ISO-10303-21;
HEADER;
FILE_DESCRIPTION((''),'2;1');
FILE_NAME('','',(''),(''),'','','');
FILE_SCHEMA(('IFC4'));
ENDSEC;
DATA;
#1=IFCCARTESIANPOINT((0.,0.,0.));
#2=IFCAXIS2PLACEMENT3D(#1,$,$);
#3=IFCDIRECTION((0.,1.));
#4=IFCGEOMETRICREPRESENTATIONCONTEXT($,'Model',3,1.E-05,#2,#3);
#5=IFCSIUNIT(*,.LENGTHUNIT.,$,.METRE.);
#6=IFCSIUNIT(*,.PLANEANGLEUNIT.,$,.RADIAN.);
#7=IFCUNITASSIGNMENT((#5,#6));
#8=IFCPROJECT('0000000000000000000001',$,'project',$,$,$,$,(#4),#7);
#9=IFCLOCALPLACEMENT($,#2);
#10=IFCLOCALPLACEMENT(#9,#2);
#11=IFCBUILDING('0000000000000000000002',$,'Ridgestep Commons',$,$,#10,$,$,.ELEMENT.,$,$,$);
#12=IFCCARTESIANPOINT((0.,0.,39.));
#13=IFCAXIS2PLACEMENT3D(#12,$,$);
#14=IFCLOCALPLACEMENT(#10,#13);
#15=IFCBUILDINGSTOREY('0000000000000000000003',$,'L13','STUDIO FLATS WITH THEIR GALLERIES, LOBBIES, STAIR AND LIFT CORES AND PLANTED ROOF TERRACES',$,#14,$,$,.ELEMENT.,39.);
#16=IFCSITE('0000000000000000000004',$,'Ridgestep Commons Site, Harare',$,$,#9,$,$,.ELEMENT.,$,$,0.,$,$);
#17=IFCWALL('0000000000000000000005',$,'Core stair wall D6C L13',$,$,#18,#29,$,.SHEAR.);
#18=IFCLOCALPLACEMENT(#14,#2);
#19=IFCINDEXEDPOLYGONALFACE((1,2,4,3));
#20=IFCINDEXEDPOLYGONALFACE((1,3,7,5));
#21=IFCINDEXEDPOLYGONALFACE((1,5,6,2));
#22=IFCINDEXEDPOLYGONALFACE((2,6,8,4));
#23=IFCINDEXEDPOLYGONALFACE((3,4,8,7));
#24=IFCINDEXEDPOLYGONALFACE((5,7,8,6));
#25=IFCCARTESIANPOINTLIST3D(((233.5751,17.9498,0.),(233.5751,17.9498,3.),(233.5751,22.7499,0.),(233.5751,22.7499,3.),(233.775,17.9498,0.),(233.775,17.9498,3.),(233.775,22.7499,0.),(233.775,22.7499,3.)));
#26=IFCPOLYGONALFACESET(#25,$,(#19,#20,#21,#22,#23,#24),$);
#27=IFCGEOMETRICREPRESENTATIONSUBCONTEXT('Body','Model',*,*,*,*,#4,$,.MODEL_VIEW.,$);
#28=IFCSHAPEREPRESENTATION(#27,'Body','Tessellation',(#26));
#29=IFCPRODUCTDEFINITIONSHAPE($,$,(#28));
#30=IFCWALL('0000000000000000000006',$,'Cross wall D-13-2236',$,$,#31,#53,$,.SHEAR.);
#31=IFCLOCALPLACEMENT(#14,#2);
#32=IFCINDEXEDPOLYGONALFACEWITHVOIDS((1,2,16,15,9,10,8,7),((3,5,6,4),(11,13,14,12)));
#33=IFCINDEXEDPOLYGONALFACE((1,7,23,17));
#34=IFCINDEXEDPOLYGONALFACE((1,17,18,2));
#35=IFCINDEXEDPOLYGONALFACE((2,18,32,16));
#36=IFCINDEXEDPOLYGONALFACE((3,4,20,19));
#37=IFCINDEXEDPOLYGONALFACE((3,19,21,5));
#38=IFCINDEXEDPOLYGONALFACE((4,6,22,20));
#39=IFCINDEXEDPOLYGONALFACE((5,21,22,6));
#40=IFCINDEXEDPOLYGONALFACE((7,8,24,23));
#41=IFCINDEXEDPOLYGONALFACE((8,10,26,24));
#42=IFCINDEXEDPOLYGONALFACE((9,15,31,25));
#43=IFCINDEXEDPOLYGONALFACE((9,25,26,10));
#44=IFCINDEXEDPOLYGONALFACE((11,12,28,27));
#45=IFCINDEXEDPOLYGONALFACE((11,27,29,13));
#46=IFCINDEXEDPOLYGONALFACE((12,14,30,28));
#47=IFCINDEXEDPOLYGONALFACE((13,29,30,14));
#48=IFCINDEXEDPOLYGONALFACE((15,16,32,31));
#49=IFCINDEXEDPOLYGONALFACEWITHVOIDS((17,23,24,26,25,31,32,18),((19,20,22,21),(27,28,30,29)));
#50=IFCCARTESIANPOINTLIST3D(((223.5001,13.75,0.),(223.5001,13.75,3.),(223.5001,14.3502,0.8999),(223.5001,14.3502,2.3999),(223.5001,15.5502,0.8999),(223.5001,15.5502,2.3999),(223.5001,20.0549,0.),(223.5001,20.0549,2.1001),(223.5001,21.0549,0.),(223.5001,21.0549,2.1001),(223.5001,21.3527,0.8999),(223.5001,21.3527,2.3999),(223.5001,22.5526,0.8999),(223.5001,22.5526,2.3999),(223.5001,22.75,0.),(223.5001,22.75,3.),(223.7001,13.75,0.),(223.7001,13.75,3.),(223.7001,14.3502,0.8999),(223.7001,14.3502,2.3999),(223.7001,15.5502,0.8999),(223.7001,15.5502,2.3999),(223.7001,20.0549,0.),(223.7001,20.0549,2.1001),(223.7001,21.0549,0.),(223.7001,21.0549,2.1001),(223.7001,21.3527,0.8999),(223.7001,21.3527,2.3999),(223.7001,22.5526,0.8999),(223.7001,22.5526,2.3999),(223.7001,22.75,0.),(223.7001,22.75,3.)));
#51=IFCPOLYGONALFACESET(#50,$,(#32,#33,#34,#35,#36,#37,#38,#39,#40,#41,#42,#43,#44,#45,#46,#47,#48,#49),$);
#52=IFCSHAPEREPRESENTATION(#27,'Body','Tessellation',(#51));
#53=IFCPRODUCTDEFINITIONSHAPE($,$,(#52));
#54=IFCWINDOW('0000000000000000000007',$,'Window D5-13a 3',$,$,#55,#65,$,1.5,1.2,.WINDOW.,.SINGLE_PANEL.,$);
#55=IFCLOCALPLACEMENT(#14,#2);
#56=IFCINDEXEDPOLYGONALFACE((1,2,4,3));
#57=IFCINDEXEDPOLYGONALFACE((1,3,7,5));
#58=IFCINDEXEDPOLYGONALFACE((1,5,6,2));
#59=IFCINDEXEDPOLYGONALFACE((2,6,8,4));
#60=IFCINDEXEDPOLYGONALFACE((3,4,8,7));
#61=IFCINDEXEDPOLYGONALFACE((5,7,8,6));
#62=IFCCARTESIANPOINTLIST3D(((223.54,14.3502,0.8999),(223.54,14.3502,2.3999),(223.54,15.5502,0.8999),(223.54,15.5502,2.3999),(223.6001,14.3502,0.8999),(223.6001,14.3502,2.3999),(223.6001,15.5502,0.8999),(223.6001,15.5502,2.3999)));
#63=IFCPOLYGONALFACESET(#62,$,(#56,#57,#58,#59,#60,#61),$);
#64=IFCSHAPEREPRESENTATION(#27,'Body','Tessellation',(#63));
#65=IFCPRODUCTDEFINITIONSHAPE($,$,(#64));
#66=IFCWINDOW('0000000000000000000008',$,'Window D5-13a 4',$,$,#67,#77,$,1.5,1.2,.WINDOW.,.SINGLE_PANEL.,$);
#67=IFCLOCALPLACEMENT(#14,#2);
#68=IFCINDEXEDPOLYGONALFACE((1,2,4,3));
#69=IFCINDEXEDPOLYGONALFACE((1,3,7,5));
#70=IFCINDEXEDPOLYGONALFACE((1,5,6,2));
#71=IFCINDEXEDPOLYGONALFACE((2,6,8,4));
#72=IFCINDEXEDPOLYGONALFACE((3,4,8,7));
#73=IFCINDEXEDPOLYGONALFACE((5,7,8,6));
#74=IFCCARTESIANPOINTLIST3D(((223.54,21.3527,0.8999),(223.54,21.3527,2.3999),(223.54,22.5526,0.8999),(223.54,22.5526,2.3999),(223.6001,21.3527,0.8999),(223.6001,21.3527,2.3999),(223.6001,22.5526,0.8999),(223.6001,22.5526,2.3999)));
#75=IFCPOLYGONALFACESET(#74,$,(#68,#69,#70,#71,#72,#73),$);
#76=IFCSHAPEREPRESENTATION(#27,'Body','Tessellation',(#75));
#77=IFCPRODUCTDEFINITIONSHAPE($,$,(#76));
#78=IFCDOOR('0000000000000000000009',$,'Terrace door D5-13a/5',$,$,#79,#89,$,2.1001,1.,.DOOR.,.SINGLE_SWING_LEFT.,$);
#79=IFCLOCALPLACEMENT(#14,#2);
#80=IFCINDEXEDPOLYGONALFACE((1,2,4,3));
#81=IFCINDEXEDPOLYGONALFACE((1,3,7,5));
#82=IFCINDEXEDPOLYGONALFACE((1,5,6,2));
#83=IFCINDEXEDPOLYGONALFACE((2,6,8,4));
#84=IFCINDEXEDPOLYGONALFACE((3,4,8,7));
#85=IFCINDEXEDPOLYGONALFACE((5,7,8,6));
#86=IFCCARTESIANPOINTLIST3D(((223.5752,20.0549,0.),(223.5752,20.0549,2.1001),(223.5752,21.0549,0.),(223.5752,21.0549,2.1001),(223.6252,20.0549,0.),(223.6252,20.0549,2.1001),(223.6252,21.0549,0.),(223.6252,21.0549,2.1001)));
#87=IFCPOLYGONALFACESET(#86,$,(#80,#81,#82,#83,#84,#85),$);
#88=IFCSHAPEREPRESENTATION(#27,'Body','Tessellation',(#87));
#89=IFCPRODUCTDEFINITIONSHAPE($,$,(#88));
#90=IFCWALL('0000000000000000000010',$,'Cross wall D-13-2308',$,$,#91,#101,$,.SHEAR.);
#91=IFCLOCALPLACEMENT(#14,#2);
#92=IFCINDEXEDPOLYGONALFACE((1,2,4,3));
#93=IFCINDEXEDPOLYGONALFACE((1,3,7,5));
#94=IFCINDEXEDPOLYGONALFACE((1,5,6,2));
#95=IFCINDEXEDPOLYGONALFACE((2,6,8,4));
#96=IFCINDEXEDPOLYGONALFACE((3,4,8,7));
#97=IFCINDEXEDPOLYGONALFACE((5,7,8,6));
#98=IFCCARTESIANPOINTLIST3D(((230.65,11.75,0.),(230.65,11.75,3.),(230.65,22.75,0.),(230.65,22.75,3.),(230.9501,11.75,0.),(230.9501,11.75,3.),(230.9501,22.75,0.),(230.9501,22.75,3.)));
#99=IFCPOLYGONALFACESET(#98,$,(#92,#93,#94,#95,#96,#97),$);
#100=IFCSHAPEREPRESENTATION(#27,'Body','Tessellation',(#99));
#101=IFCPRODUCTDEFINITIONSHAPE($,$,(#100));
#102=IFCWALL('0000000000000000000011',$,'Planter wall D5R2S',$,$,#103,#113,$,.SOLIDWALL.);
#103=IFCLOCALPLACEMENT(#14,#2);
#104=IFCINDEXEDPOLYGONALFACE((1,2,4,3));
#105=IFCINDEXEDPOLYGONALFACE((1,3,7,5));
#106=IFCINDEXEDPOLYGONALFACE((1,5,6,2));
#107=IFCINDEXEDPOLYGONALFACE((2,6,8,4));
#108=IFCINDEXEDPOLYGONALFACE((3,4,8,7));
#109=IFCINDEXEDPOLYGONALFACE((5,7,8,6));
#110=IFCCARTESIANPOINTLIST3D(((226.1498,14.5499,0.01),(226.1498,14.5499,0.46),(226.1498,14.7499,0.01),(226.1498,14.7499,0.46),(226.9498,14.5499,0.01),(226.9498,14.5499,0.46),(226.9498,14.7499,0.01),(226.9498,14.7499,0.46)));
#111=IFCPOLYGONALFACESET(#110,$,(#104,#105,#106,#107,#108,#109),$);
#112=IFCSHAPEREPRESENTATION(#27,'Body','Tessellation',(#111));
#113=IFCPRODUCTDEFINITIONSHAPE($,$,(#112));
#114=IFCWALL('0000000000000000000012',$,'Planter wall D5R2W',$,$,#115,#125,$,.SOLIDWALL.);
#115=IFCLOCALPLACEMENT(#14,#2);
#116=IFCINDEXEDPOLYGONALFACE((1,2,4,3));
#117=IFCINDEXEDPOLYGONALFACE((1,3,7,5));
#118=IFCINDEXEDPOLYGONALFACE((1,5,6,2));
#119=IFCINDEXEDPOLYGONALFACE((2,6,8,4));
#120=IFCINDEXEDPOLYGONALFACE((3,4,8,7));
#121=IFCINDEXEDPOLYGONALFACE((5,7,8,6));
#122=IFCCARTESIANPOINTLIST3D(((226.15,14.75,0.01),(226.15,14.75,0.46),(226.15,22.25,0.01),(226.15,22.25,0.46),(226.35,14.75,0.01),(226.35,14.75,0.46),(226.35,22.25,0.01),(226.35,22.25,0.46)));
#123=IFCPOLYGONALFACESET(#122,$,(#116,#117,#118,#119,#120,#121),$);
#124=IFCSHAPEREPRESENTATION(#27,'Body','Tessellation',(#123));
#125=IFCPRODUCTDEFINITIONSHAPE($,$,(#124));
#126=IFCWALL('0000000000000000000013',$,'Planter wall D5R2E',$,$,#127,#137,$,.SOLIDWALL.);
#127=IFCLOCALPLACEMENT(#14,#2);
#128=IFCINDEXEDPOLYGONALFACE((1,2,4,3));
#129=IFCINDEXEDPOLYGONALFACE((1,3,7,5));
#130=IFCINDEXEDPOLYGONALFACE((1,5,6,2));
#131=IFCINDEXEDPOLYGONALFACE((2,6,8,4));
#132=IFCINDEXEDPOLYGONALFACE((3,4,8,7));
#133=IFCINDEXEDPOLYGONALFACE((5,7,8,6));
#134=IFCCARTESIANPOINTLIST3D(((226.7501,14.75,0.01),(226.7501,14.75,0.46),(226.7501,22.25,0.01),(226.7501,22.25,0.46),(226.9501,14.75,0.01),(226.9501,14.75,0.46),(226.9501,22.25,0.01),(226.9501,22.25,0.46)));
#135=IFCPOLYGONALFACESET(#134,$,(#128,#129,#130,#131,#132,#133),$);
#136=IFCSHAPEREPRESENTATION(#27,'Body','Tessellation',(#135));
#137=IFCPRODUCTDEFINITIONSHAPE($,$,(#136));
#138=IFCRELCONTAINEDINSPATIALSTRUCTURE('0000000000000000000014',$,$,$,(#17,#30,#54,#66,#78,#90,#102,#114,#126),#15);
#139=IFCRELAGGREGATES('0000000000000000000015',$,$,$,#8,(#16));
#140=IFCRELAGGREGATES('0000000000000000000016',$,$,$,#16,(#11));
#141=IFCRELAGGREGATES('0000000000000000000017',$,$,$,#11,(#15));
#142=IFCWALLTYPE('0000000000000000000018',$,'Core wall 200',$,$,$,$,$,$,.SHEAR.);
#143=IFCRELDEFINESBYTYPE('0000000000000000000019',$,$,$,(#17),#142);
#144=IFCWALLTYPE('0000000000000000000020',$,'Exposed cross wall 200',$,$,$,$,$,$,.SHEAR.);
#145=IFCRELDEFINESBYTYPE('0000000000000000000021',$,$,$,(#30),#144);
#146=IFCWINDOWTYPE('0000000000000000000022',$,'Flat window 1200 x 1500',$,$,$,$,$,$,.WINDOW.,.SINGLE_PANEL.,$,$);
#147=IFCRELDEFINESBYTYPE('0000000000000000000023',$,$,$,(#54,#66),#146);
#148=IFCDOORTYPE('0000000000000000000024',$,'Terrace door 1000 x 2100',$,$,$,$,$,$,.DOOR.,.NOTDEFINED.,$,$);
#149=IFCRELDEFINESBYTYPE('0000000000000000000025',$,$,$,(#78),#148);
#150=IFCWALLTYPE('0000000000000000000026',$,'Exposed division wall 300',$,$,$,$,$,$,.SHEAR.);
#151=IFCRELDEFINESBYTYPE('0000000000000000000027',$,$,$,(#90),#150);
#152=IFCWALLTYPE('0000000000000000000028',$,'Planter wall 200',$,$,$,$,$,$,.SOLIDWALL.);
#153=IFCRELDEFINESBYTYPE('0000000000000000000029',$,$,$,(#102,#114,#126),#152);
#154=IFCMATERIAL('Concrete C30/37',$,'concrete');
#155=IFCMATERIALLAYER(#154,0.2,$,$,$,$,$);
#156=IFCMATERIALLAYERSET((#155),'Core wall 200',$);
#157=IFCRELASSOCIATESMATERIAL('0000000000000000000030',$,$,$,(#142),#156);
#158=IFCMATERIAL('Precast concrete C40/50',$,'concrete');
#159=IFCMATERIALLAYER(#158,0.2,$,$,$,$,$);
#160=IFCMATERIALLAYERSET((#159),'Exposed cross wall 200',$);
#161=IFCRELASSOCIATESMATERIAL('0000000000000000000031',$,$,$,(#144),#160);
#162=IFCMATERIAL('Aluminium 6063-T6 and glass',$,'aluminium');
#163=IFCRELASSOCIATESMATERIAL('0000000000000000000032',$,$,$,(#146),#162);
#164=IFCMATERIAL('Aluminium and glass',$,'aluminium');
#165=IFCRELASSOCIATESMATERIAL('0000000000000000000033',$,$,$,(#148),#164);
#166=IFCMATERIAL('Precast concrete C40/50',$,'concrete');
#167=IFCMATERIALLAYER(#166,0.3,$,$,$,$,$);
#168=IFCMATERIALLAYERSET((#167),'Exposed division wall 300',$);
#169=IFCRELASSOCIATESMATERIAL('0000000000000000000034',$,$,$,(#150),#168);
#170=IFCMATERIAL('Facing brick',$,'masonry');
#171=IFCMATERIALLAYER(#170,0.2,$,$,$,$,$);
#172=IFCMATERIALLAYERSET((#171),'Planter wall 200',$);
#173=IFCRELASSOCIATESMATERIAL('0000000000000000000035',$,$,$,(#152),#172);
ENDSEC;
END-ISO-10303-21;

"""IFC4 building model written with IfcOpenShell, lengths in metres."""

from ifc_helpers import new_model, si_unit, direction, frame, frame_2d, origin, place, context, subcontext, project, spatial, rectangle, extrude, material, layer, layer_set, type_object, element, fill, save


model = new_model("IFC4")

# Units and contexts
model_context = context("Model", 3, precision=1e-05, world=origin(), true_north=direction((0.0, 1.0)))
body_context = subcontext(model_context, "Body", "Model", "MODEL_VIEW")
ifc_project = project(units=[si_unit("LENGTHUNIT", "METRE"), si_unit("PLANEANGLEUNIT", "RADIAN")], contexts=[model_context])

# Site, building, storey
site_placement = place(None, origin())
site = spatial("IfcSite", under=ifc_project, at=site_placement, Name="Ridgestep Commons Site, Harare", CompositionType="ELEMENT", RefElevation=0.0)
building_placement = place(site_placement, origin())
building = spatial("IfcBuilding", under=site, at=building_placement, Name="Ridgestep Commons", CompositionType="ELEMENT")
storey_placement = place(building_placement, frame((0.0, 0.0, 39.0)))
storey = spatial("IfcBuildingStorey", under=building, at=storey_placement, Name="L13", Description="STUDIO FLATS WITH THEIR GALLERIES, LOBBIES, STAIR AND LIFT CORES AND PLANTED ROOF TERRACES", CompositionType="ELEMENT", Elevation=39.0)

# Shared definitions
ifc_material_1 = material(Name="Concrete C30/37", Category="concrete")
ifc_layer_1 = layer(ifc_material_1, 0.2)
ifc_layer_set_1 = layer_set([ifc_layer_1], Name="Core wall 200")
wall_type_1 = type_object("IfcWallType", Name="Core wall 200", PredefinedType="SHEAR", material=ifc_layer_set_1)

# Wall
wall_1_placement = place(storey_placement, frame((233.675, 17.95, 0.0), z_axis=(0.0, 0.0, 1.0), x_axis=(0.0, 1.0, 0.0)))
element("IfcWall", 1, at=wall_1_placement, inside=storey, type_object=wall_type_1, Name="Core stair wall D6C L13", PredefinedType="SHEAR", context=body_context, shape_type="SweptSolid", body=[
    extrude(rectangle(XDim=4.8, YDim=0.2, at=frame_2d((2.3999, 0.0))), origin(), (0.0, 0.0, 1.0), 3.0),
])

# Wall, openings, windows, door
ifc_material_2 = material(Name="Precast concrete C40/50", Category="concrete")
ifc_layer_2 = layer(ifc_material_2, 0.2)
ifc_layer_set_2 = layer_set([ifc_layer_2], Name="Exposed cross wall 200")
wall_type_2 = type_object("IfcWallType", Name="Exposed cross wall 200", PredefinedType="SHEAR", material=ifc_layer_set_2)
wall_2_placement = place(storey_placement, frame((223.6001, 13.75, 0.0), z_axis=(0.0, 0.0, 1.0), x_axis=(0.0, 1.0, 0.0)))
wall_2 = element("IfcWall", 2, at=wall_2_placement, inside=storey, type_object=wall_type_2, Name="Cross wall D-13-2236", PredefinedType="SHEAR", context=body_context, shape_type="SweptSolid", body=[
    extrude(rectangle(XDim=9.0, YDim=0.2, at=frame_2d((4.5, 0.0))), origin(), (0.0, 0.0, 1.0), 3.0),
])
opening_1_placement = place(wall_2_placement, frame((0.6001, 0.0, 0.8999)))
opening_1 = element("IfcOpeningElement", 3, at=opening_1_placement, cuts=wall_2, PredefinedType="OPENING", context=body_context, shape_type="SweptSolid", body=[
    extrude(rectangle(XDim=1.2, YDim=1.5, at=frame_2d((0.6001, 0.75))), frame((0.0, 0.1099, 0.0), z_axis=(0.0, -1.0, 0.0), x_axis=(1.0, 0.0, 0.0)), (0.0, 0.0, 1.0), 0.22),
])
opening_2_placement = place(wall_2_placement, frame((7.6025, 0.0, 0.8999)))
opening_2 = element("IfcOpeningElement", 4, at=opening_2_placement, cuts=wall_2, PredefinedType="OPENING", context=body_context, shape_type="SweptSolid", body=[
    extrude(rectangle(XDim=1.2, YDim=1.5, at=frame_2d((0.6001, 0.75))), frame((0.0, 0.1099, 0.0), z_axis=(0.0, -1.0, 0.0), x_axis=(1.0, 0.0, 0.0)), (0.0, 0.0, 1.0), 0.22),
])
opening_3_placement = place(wall_2_placement, frame((6.3049, 0.0, 0.0)))
opening_3 = element("IfcOpeningElement", 5, at=opening_3_placement, cuts=wall_2, PredefinedType="OPENING", context=body_context, shape_type="SweptSolid", body=[
    extrude(rectangle(XDim=1.0, YDim=2.1001, at=frame_2d((0.5, 1.05))), frame((0.0, 0.1099, 0.0), z_axis=(0.0, -1.0, 0.0), x_axis=(1.0, 0.0, 0.0)), (0.0, 0.0, 1.0), 0.22),
])
ifc_material_3 = material(Name="Aluminium 6063-T6 and glass", Category="aluminium")
window_type = type_object("IfcWindowType", Name="Flat window 1200 x 1500", PartitioningType="SINGLE_PANEL", PredefinedType="WINDOW", material=ifc_material_3)
window_1_placement = place(opening_1_placement, origin())
window_1 = element("IfcWindow", 6, at=window_1_placement, inside=storey, type_object=window_type, Name="Window D5-13a 3", OverallHeight=1.5, OverallWidth=1.2, PartitioningType="SINGLE_PANEL", PredefinedType="WINDOW", context=body_context, shape_type="SweptSolid", body=[
    extrude(rectangle(XDim=1.2, YDim=1.5, at=frame_2d((0.6001, 0.75))), frame((0.0, 0.0601, 0.0), z_axis=(0.0, -1.0, 0.0), x_axis=(1.0, 0.0, 0.0)), (0.0, 0.0, 1.0), 0.0601),
])
fill(opening_1, window_1)
window_2_placement = place(opening_2_placement, origin())
window_2 = element("IfcWindow", 7, at=window_2_placement, inside=storey, type_object=window_type, Name="Window D5-13a 4", OverallHeight=1.5, OverallWidth=1.2, PartitioningType="SINGLE_PANEL", PredefinedType="WINDOW", context=body_context, shape_type="SweptSolid", body=[
    extrude(rectangle(XDim=1.2, YDim=1.5, at=frame_2d((0.6001, 0.75))), frame((0.0, 0.0601, 0.0), z_axis=(0.0, -1.0, 0.0), x_axis=(1.0, 0.0, 0.0)), (0.0, 0.0, 1.0), 0.0601),
])
fill(opening_2, window_2)
ifc_material_4 = material(Name="Aluminium and glass", Category="aluminium")
door_type_1 = type_object("IfcDoorType", Name="Terrace door 1000 x 2100", OperationType="NOTDEFINED", PredefinedType="DOOR", material=ifc_material_4)
door_1_placement = place(opening_3_placement, origin())
door_1 = element("IfcDoor", 8, at=door_1_placement, inside=storey, type_object=door_type_1, Name="Terrace door D5-13a/5", OperationType="SINGLE_SWING_LEFT", OverallHeight=2.1001, OverallWidth=1.0, PredefinedType="DOOR", context=body_context, shape_type="SweptSolid", body=[
    extrude(rectangle(XDim=1.0, YDim=2.1001, at=frame_2d((0.5, 1.05))), frame((0.0, 0.0249, 0.0), z_axis=(0.0, -1.0, 0.0), x_axis=(1.0, 0.0, 0.0)), (0.0, 0.0, 1.0), 0.05),
])
fill(opening_3, door_1)

# Walls
ifc_material_5 = material(Name="Precast concrete C40/50", Category="concrete")
ifc_layer_3 = layer(ifc_material_5, 0.3)
ifc_layer_set_3 = layer_set([ifc_layer_3], Name="Exposed division wall 300")
wall_type_3 = type_object("IfcWallType", Name="Exposed division wall 300", PredefinedType="SHEAR", material=ifc_layer_set_3)
wall_3_placement = place(storey_placement, frame((230.8, 11.75, 0.0), z_axis=(0.0, 0.0, 1.0), x_axis=(0.0, 1.0, 0.0)))
element("IfcWall", 9, at=wall_3_placement, inside=storey, type_object=wall_type_3, Name="Cross wall D-13-2308", PredefinedType="SHEAR", context=body_context, shape_type="SweptSolid", body=[
    extrude(rectangle(XDim=11.0, YDim=0.3, at=frame_2d((5.5, 0.0))), origin(), (0.0, 0.0, 1.0), 3.0),
])
ifc_material_6 = material(Name="Facing brick", Category="masonry")
ifc_layer_4 = layer(ifc_material_6, 0.2)
ifc_layer_set_4 = layer_set([ifc_layer_4], Name="Planter wall 200")
wall_type_4 = type_object("IfcWallType", Name="Planter wall 200", PredefinedType="SOLIDWALL", material=ifc_layer_set_4)
wall_4_placement = place(storey_placement, frame((226.1499, 14.6499, 0.01), z_axis=(0.0, 0.0, 1.0), x_axis=(1.0, 0.0, 0.0)))
element("IfcWall", 10, at=wall_4_placement, inside=storey, type_object=wall_type_4, Name="Planter wall D5R2S", PredefinedType="SOLIDWALL", context=body_context, shape_type="SweptSolid", body=[
    extrude(rectangle(XDim=0.8, YDim=0.2, at=frame_2d((0.3999, 0.0))), origin(), (0.0, 0.0, 1.0), 0.45),
])
for number, where, z_axis, x_axis, name in (
    (11, (226.25, 14.75, 0.01), (0.0, 0.0, 1.0), (0.0, 1.0, 0.0), "Planter wall D5R2W"),
    (12, (226.8501, 14.75, 0.01), (0.0, 0.0, 1.0), (0.0, 1.0, 0.0), "Planter wall D5R2E"),
):
    element("IfcWall", number, at=place(storey_placement, frame(where, z_axis=z_axis, x_axis=x_axis)), inside=storey, type_object=wall_type_4, Name=name, PredefinedType="SOLIDWALL", context=body_context, shape_type="SweptSolid", body=[
        extrude(rectangle(XDim=7.5, YDim=0.2, at=frame_2d((3.75, 0.0))), origin(), (0.0, 0.0, 1.0), 0.45),
    ])

save(model, "model.ifc")
